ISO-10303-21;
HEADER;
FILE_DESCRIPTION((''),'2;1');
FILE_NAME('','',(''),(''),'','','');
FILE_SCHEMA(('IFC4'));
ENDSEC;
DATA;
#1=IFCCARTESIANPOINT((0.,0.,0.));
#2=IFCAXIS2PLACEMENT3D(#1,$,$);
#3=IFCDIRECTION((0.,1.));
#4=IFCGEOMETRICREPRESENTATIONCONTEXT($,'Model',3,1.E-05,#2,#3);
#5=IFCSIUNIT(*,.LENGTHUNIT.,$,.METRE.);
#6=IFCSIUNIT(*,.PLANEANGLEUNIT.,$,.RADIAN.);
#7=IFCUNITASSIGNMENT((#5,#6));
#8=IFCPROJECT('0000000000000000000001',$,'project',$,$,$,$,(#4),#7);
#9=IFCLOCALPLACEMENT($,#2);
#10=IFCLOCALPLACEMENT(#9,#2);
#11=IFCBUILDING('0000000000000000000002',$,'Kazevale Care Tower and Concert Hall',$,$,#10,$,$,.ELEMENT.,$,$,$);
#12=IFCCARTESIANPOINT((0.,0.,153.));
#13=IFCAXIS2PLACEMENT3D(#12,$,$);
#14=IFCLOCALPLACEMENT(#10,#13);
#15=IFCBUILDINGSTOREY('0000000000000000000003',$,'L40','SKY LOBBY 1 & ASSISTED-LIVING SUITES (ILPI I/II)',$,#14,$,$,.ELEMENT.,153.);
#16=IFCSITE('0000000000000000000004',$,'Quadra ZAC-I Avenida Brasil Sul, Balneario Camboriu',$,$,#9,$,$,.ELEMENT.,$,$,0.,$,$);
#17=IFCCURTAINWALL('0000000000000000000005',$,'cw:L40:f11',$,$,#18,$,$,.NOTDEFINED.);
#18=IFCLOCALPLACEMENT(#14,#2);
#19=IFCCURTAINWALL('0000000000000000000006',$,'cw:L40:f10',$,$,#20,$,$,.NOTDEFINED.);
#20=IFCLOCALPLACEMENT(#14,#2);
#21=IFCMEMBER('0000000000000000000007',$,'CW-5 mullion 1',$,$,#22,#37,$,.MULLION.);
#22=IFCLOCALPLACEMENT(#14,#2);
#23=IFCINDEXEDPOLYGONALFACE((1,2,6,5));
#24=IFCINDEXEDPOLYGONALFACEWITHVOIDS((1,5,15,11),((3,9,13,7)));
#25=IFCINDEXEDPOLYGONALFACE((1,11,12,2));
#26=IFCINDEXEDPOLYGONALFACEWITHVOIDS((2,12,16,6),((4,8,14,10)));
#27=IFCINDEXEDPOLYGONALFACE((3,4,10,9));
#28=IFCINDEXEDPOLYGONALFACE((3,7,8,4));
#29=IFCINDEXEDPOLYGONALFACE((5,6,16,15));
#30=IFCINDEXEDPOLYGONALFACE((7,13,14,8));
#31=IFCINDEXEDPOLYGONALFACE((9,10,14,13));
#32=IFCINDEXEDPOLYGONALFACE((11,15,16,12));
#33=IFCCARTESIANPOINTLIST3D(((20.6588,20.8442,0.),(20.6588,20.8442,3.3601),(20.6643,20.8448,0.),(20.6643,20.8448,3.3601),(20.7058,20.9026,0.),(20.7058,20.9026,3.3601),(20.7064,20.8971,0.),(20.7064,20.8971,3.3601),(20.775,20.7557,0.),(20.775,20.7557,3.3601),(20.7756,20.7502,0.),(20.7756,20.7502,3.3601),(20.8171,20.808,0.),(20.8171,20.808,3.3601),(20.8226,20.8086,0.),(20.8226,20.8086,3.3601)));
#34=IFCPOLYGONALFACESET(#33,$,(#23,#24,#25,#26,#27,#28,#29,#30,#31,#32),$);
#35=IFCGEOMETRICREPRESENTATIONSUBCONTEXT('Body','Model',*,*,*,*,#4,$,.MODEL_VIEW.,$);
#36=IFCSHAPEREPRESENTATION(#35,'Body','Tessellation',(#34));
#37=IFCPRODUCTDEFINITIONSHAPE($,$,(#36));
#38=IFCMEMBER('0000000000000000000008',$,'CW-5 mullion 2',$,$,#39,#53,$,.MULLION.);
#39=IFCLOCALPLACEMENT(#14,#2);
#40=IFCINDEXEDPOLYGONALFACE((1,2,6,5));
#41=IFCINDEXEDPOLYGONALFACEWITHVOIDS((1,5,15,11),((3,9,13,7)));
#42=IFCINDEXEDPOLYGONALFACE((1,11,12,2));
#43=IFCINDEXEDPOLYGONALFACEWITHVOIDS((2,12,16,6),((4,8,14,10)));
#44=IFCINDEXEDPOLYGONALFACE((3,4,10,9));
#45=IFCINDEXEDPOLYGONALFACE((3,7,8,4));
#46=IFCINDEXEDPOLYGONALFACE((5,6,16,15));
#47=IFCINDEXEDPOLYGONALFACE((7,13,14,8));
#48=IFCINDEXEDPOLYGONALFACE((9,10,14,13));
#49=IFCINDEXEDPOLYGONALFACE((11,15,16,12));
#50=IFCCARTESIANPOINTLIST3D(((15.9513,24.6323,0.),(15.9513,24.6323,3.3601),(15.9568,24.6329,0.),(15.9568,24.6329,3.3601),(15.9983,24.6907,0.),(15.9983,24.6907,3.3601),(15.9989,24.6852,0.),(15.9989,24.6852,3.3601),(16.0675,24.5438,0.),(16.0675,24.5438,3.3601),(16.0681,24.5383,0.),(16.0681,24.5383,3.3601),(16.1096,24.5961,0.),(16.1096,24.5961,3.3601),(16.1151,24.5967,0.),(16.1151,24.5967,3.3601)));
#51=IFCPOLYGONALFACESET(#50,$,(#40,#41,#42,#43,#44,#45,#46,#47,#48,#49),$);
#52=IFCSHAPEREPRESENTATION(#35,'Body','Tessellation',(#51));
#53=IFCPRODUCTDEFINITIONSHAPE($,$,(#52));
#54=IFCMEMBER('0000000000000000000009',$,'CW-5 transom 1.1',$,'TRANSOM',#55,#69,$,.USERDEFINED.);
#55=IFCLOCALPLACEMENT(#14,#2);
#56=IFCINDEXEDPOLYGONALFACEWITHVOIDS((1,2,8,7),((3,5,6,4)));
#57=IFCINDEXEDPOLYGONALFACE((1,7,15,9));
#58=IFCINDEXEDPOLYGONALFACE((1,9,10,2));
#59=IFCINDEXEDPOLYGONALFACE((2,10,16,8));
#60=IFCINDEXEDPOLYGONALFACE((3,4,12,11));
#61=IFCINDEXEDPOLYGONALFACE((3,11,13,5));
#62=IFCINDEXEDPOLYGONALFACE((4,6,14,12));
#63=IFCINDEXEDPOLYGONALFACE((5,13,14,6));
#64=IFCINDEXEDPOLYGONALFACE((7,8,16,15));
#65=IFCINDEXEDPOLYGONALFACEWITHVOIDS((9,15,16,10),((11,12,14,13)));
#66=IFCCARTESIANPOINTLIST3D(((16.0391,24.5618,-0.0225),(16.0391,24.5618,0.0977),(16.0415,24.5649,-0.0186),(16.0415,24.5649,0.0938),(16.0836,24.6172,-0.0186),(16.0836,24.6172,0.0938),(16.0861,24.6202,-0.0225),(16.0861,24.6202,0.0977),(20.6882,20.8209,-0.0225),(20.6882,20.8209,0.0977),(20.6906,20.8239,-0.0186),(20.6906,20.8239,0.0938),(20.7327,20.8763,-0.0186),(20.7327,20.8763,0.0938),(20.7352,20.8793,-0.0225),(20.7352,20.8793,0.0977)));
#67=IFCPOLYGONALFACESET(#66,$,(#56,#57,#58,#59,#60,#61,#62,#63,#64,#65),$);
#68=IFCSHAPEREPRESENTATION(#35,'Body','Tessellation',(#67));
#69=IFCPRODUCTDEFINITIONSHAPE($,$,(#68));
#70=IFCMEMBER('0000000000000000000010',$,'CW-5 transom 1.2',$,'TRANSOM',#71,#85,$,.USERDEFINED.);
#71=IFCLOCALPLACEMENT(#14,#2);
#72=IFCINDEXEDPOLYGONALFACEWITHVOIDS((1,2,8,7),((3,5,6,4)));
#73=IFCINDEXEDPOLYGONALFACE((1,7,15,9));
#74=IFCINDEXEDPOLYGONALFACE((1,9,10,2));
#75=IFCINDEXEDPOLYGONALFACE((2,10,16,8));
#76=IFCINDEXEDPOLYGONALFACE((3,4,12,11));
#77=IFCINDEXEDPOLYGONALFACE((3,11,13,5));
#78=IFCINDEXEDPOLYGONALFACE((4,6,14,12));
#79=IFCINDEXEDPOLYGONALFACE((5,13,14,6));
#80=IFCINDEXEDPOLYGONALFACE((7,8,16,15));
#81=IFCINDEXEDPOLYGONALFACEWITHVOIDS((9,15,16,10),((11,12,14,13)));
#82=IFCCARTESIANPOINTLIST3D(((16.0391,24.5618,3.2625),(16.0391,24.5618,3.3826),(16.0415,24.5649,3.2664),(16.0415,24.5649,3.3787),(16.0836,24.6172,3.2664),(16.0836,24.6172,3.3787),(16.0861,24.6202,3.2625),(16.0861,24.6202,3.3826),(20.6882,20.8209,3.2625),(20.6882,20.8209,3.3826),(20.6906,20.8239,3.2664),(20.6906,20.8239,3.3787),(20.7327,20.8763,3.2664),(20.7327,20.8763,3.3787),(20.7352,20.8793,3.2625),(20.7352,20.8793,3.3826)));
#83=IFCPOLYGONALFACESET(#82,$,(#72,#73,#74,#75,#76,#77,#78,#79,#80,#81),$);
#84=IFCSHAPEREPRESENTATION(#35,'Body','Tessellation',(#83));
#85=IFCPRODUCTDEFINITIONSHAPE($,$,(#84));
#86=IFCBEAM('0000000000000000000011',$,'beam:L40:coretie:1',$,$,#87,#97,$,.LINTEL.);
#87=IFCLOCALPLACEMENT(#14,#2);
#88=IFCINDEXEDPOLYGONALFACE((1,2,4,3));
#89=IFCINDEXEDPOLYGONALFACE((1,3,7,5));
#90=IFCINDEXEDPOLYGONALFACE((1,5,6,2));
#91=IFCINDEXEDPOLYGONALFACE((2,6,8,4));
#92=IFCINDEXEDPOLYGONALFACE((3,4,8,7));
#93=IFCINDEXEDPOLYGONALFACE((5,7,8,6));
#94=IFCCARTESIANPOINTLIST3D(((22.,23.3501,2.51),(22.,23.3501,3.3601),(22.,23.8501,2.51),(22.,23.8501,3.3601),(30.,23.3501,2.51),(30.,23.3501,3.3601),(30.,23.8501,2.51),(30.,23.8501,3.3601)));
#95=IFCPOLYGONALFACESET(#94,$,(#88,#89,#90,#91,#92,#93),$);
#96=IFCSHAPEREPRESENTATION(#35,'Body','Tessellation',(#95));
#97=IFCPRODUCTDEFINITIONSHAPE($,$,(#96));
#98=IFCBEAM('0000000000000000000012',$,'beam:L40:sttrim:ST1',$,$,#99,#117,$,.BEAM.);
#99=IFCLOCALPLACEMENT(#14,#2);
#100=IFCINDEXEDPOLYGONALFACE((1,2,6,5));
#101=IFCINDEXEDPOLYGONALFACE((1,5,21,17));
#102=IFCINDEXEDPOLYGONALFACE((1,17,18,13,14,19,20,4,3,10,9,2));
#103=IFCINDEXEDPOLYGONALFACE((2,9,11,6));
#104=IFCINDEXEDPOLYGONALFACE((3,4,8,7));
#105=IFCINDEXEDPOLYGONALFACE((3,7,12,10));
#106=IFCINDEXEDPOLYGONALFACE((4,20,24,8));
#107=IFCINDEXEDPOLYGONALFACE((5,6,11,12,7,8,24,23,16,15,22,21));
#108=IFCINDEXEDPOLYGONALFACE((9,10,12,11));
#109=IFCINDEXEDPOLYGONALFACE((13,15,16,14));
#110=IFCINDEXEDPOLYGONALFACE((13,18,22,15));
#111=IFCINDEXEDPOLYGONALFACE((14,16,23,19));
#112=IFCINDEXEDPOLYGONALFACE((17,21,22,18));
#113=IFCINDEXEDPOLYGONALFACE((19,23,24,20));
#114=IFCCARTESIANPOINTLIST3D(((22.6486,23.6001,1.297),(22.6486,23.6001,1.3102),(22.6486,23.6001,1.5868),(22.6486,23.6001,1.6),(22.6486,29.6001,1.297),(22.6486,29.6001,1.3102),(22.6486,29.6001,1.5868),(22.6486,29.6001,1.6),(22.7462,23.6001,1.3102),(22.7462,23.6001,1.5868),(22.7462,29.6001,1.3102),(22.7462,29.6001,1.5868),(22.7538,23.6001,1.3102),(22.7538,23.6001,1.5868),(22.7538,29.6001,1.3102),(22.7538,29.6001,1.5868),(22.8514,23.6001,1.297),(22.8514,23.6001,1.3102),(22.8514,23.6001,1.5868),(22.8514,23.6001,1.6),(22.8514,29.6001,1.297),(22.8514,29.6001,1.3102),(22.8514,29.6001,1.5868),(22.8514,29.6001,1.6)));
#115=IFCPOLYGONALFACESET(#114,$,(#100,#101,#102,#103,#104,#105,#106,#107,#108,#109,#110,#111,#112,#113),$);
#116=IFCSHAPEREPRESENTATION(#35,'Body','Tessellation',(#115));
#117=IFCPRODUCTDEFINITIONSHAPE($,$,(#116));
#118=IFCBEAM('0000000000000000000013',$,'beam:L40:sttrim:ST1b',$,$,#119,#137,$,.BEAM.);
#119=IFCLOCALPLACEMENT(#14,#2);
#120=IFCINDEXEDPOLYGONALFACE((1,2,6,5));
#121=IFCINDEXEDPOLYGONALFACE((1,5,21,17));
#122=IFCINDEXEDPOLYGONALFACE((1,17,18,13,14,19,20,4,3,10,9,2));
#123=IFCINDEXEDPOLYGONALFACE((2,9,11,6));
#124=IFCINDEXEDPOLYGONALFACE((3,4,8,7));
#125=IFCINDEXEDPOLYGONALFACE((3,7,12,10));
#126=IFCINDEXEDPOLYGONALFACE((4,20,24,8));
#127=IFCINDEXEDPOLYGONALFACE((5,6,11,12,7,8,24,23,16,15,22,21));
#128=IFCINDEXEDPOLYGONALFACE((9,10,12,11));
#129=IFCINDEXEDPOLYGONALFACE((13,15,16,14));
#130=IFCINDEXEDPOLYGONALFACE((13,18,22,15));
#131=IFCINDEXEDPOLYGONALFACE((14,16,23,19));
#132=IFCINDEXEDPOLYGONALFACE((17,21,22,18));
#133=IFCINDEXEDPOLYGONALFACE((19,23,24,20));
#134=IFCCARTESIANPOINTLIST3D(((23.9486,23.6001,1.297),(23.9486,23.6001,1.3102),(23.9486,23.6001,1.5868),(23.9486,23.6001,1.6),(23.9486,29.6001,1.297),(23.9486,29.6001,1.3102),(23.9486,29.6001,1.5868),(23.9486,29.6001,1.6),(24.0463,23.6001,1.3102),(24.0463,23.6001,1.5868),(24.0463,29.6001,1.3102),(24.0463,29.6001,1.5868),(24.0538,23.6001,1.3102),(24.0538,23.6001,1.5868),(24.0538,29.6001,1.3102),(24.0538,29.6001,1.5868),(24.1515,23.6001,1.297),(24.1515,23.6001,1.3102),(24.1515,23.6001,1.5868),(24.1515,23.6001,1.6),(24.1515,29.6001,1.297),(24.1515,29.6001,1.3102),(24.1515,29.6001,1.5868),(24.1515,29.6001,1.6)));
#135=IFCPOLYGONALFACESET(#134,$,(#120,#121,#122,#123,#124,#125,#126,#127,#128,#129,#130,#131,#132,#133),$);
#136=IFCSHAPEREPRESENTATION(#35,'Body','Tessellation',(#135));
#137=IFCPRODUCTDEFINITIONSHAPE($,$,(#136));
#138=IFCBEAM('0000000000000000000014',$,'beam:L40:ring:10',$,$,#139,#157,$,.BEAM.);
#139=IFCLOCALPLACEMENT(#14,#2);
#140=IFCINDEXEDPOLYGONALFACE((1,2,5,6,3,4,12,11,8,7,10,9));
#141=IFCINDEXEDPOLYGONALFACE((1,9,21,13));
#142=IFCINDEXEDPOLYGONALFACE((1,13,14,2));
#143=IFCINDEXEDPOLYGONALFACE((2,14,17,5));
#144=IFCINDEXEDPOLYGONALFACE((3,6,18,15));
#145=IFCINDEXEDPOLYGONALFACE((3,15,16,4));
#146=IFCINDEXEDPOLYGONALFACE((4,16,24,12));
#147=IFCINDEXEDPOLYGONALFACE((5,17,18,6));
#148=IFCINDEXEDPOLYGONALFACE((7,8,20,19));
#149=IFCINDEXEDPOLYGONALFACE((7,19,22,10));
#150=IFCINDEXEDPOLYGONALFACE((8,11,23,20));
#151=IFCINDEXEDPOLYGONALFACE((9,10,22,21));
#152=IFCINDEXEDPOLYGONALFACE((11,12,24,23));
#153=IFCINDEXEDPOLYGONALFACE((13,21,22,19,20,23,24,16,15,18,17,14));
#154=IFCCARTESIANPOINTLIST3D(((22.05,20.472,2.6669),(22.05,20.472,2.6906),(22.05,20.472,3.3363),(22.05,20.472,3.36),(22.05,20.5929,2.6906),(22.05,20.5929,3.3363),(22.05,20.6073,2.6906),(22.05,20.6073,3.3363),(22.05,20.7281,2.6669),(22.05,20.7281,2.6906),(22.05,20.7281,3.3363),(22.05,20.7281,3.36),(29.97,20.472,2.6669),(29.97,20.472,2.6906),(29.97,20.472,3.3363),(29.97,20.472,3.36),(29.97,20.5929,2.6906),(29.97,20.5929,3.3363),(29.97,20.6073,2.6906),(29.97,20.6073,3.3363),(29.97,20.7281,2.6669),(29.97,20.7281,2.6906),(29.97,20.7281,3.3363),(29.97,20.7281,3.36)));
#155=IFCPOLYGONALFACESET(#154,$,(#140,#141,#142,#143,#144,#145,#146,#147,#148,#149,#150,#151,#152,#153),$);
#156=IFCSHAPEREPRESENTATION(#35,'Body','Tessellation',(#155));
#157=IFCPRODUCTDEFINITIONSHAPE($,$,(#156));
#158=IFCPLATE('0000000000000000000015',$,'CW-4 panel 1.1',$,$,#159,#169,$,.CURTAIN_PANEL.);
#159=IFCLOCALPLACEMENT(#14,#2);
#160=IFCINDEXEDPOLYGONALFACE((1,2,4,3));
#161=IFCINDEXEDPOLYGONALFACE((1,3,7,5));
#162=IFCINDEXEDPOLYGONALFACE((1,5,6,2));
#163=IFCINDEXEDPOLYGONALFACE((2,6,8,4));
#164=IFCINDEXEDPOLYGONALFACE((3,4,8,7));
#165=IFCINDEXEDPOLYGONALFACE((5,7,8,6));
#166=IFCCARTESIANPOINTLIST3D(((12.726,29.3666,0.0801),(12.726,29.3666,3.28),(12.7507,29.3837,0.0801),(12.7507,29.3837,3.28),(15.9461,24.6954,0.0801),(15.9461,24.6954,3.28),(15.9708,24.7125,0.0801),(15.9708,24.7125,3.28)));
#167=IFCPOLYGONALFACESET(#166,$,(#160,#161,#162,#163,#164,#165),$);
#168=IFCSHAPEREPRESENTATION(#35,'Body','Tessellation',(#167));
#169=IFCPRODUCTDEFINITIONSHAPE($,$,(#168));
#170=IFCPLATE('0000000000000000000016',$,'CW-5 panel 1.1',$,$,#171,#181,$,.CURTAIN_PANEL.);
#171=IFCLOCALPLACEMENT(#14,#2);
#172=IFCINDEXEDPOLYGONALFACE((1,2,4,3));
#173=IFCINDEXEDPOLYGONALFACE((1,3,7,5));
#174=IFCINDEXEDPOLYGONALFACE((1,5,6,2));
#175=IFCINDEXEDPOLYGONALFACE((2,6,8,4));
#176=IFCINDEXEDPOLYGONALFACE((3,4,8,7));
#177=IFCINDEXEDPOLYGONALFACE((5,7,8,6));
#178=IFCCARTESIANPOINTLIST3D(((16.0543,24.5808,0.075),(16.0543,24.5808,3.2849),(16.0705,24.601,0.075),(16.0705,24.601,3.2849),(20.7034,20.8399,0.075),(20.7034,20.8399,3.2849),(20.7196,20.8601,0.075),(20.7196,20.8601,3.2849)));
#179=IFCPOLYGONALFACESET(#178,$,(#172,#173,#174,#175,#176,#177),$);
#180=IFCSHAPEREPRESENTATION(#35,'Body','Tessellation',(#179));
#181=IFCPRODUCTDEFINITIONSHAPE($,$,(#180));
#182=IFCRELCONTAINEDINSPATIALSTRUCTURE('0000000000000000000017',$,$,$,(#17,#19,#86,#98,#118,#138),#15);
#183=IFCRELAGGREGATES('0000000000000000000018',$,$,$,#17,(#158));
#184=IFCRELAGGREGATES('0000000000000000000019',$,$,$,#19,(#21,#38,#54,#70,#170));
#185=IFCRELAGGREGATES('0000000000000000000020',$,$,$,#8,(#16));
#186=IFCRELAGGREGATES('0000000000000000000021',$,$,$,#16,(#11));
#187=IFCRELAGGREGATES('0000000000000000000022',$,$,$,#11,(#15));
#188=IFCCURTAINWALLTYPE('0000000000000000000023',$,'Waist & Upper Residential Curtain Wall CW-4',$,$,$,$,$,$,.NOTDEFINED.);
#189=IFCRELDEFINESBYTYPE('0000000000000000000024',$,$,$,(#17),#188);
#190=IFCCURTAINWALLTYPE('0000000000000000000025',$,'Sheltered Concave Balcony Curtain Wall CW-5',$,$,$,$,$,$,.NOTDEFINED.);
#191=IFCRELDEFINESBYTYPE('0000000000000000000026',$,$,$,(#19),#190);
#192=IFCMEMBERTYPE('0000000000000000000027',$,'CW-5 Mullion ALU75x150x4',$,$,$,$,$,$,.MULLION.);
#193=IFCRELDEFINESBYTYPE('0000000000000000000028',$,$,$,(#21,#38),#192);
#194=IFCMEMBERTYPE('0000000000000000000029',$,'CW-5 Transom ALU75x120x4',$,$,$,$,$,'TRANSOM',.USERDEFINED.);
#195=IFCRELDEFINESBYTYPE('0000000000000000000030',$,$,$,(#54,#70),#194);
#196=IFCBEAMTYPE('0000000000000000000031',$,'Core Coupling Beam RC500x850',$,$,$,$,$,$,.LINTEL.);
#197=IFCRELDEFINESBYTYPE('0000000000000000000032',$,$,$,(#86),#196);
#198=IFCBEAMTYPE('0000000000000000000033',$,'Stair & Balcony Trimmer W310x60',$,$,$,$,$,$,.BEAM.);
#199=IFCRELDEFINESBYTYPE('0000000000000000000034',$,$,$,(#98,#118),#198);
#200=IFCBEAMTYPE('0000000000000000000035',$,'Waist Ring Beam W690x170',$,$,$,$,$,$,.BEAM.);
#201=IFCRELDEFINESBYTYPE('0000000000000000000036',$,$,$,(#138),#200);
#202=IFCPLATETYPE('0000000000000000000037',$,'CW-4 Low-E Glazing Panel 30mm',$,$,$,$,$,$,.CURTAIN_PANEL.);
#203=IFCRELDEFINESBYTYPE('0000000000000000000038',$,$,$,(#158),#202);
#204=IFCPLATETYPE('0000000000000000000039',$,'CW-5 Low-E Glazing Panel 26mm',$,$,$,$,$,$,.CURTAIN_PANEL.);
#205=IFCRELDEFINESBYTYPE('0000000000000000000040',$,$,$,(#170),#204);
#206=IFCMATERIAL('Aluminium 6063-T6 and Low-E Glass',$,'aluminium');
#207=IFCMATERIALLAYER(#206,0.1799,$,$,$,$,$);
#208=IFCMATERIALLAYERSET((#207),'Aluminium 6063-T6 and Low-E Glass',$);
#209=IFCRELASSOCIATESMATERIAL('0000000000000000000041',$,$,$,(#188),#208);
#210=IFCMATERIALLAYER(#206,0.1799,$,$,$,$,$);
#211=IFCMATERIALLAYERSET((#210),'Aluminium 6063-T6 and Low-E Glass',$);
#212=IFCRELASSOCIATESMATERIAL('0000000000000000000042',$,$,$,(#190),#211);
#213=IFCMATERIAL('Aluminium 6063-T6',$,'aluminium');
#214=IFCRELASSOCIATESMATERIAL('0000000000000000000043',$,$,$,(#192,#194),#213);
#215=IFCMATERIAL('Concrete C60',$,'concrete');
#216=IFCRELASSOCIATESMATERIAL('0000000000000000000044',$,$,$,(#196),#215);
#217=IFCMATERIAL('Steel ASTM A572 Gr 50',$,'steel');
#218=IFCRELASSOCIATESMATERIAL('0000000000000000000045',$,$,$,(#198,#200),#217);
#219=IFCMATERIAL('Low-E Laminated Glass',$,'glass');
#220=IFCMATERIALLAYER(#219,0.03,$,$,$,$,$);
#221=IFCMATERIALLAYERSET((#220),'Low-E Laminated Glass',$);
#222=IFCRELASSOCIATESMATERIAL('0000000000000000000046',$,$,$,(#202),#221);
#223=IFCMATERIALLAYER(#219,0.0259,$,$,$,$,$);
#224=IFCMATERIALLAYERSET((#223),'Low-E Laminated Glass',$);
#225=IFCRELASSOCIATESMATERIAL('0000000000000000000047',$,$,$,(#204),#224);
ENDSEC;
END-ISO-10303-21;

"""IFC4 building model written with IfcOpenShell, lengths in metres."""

from ifc_helpers import new_model, si_unit, direction, frame, origin, origin_2d, place, context, subcontext, project, spatial, rectangle, hollow_rectangle, i_section, extrude, material, layer, layer_set, material_profile, profile_set, type_object, element, aggregate, save


model = new_model("IFC4")

# Units and contexts
model_context = context("Model", 3, precision=1e-05, world=origin(), true_north=direction((0.0, 1.0)))
body_context = subcontext(model_context, "Body", "Model", "MODEL_VIEW")
ifc_project = project(units=[si_unit("LENGTHUNIT", "METRE"), si_unit("PLANEANGLEUNIT", "RADIAN")], contexts=[model_context])

# Site, building, storey
site_placement = place(None, origin())
site = spatial("IfcSite", under=ifc_project, at=site_placement, Name="Quadra ZAC-I Avenida Brasil Sul, Balneario Camboriu", CompositionType="ELEMENT", RefElevation=0.0)
building_placement = place(site_placement, origin())
building = spatial("IfcBuilding", under=site, at=building_placement, Name="Kazevale Care Tower and Concert Hall", CompositionType="ELEMENT")
storey_placement = place(building_placement, frame((0.0, 0.0, 153.0)))
storey = spatial("IfcBuildingStorey", under=building, at=storey_placement, Name="L40", Description="SKY LOBBY 1 & ASSISTED-LIVING SUITES (ILPI I/II)", CompositionType="ELEMENT", Elevation=153.0)

# Shared definitions
ifc_material_1 = material(Name="Concrete C60", Category="concrete")

# Curtain wall
ifc_material_2 = material(Name="Aluminium 6063-T6 and Low-E Glass", Category="aluminium")
ifc_layer_1 = layer(ifc_material_2, 0.1799)
ifc_layer_set_1 = layer_set([ifc_layer_1], Name="Aluminium 6063-T6 and Low-E Glass")
curtain_wall_type_1 = type_object("IfcCurtainWallType", Name="Waist & Upper Residential Curtain Wall CW-4", PredefinedType="NOTDEFINED", material=ifc_layer_set_1)
curtain_wall_1_placement = place(storey_placement, origin())
curtain_wall_1 = element("IfcCurtainWall", 1, at=curtain_wall_1_placement, inside=storey, type_object=curtain_wall_type_1, Name="cw:L40:f11", PredefinedType="NOTDEFINED")
ifc_material_3 = material(Name="Aluminium 6063-T6", Category="aluminium")

# Curtain wall, members
ifc_layer_2 = layer(ifc_material_2, 0.1799)
ifc_layer_set_2 = layer_set([ifc_layer_2], Name="Aluminium 6063-T6 and Low-E Glass")
curtain_wall_type_2 = type_object("IfcCurtainWallType", Name="Sheltered Concave Balcony Curtain Wall CW-5", PredefinedType="NOTDEFINED", material=ifc_layer_set_2)
curtain_wall_2_placement = place(storey_placement, origin())
curtain_wall_2 = element("IfcCurtainWall", 2, at=curtain_wall_2_placement, inside=storey, type_object=curtain_wall_type_2, Name="cw:L40:f10", PredefinedType="NOTDEFINED")
ifc_material_profile_1 = material_profile(ifc_material_3, hollow_rectangle(XDim=0.075, YDim=0.1499, WallThickness=0.0039, at=origin_2d()), Name="ALU75x150x4")
ifc_profile_set_1 = profile_set([ifc_material_profile_1], Name="Aluminium 6063-T6")
member_type_1 = type_object("IfcMemberType", Name="CW-5 Mullion ALU75x150x4", PredefinedType="MULLION", material=ifc_profile_set_1)
member_1_placement = place(storey_placement, frame((20.7407, 20.8264, 0.0), z_axis=(0.0, 0.0, 1.0), x_axis=(-0.626905, -0.779095, 0.0)))
member_1 = element("IfcMember", 3, at=member_1_placement, type_object=member_type_1, Name="CW-5 mullion 1", PredefinedType="MULLION", context=body_context, shape_type="SweptSolid", body=[
    extrude(hollow_rectangle(XDim=0.075, YDim=0.1499, WallThickness=0.0039, at=origin_2d()), origin(), (0.0, 0.0, 1.0), 3.3601),
])
member_2_placement = place(storey_placement, frame((16.0332, 24.6145, 0.0), z_axis=(0.0, 0.0, 1.0), x_axis=(-0.626905, -0.779095, 0.0)))
member_2 = element("IfcMember", 4, at=member_2_placement, type_object=member_type_1, Name="CW-5 mullion 2", PredefinedType="MULLION", context=body_context, shape_type="SweptSolid", body=[
    extrude(hollow_rectangle(XDim=0.075, YDim=0.1499, WallThickness=0.0039, at=origin_2d()), origin(), (0.0, 0.0, 1.0), 3.3601),
])
ifc_material_profile_2 = material_profile(ifc_material_3, hollow_rectangle(XDim=0.075, YDim=0.1201, WallThickness=0.0039, at=origin_2d()), Name="ALU75x120x4")
ifc_profile_set_2 = profile_set([ifc_material_profile_2], Name="Aluminium 6063-T6")
member_type_2 = type_object("IfcMemberType", Name="CW-5 Transom ALU75x120x4", ElementType="TRANSOM", PredefinedType="USERDEFINED", material=ifc_profile_set_2)
member_3_placement = place(storey_placement, frame((20.7117, 20.8501, 0.0376), z_axis=(-0.779097, 0.626903, 0.0), x_axis=(-0.626903, -0.779097, 0.0)))
member_3 = element("IfcMember", 5, at=member_3_placement, type_object=member_type_2, Name="CW-5 transom 1.1", ObjectType="TRANSOM", PredefinedType="USERDEFINED", context=body_context, shape_type="SweptSolid", body=[
    extrude(hollow_rectangle(XDim=0.075, YDim=0.1201, WallThickness=0.0039, at=origin_2d()), origin(), (0.0, 0.0, 1.0), 5.9673),
])
member_4_placement = place(storey_placement, frame((20.7117, 20.8501, 3.3225), z_axis=(-0.779097, 0.626903, 0.0), x_axis=(-0.626903, -0.779097, 0.0)))
member_4 = element("IfcMember", 6, at=member_4_placement, type_object=member_type_2, Name="CW-5 transom 1.2", ObjectType="TRANSOM", PredefinedType="USERDEFINED", context=body_context, shape_type="SweptSolid", body=[
    extrude(hollow_rectangle(XDim=0.075, YDim=0.1201, WallThickness=0.0039, at=origin_2d()), origin(), (0.0, 0.0, 1.0), 5.9673),
])

# Beams
ifc_material_profile_3 = material_profile(ifc_material_1, rectangle(XDim=0.5, YDim=0.8501, at=origin_2d()), Name="RC-B500x850")
ifc_profile_set_3 = profile_set([ifc_material_profile_3], Name="Concrete C60")
beam_type_1 = type_object("IfcBeamType", Name="Core Coupling Beam RC500x850", PredefinedType="LINTEL", material=ifc_profile_set_3)
beam_1_placement = place(storey_placement, frame((22.0, 23.6001, 2.9351), z_axis=(1.0, 0.0, 0.0), x_axis=(0.0, 1.0, 0.0)))
element("IfcBeam", 7, at=beam_1_placement, inside=storey, type_object=beam_type_1, Name="beam:L40:coretie:1", PredefinedType="LINTEL", context=body_context, shape_type="SweptSolid", body=[
    extrude(rectangle(XDim=0.5, YDim=0.8501, at=origin_2d()), origin(), (0.0, 0.0, 1.0), 8.0),
])
ifc_material_4 = material(Name="Steel ASTM A572 Gr 50", Category="steel")
ifc_material_profile_4 = material_profile(ifc_material_4, i_section(OverallWidth=0.2029, OverallDepth=0.303, WebThickness=0.0076, FlangeThickness=0.0132, at=origin_2d()), Name="W310x60")
ifc_profile_set_4 = profile_set([ifc_material_profile_4], Name="Steel ASTM A572 Gr 50")
beam_type_2 = type_object("IfcBeamType", Name="Stair & Balcony Trimmer W310x60", PredefinedType="BEAM", material=ifc_profile_set_4)
for number, where, z_axis, x_axis, name in (
    (8, (22.75, 23.6001, 1.4485), (0.0, 1.0, 0.0), (-1.0, 0.0, 0.0), "beam:L40:sttrim:ST1"),
    (9, (24.05, 23.6001, 1.4485), (0.0, 1.0, 0.0), (-1.0, 0.0, 0.0), "beam:L40:sttrim:ST1b"),
):
    element("IfcBeam", number, at=place(storey_placement, frame(where, z_axis=z_axis, x_axis=x_axis)), inside=storey, type_object=beam_type_2, Name=name, PredefinedType="BEAM", context=body_context, shape_type="SweptSolid", body=[
        extrude(i_section(OverallWidth=0.2029, OverallDepth=0.303, WebThickness=0.0076, FlangeThickness=0.0132, at=origin_2d()), origin(), (0.0, 0.0, 1.0), 6.0),
    ])
ifc_material_profile_5 = material_profile(ifc_material_4, i_section(OverallWidth=0.2561, OverallDepth=0.6931, WebThickness=0.0144, FlangeThickness=0.0237, at=origin_2d()), Name="W690x170")
ifc_profile_set_5 = profile_set([ifc_material_profile_5], Name="Steel ASTM A572 Gr 50")
beam_type_3 = type_object("IfcBeamType", Name="Waist Ring Beam W690x170", PredefinedType="BEAM", material=ifc_profile_set_5)
beam_2_placement = place(storey_placement, frame((22.05, 20.6001, 3.0134), z_axis=(1.0, 0.0, 0.0), x_axis=(0.0, 1.0, 0.0)))
element("IfcBeam", 10, at=beam_2_placement, inside=storey, type_object=beam_type_3, Name="beam:L40:ring:10", PredefinedType="BEAM", context=body_context, shape_type="SweptSolid", body=[
    extrude(i_section(OverallWidth=0.2561, OverallDepth=0.6931, WebThickness=0.0144, FlangeThickness=0.0237, at=origin_2d()), origin(), (0.0, 0.0, 1.0), 7.9199),
])

# Plates
ifc_material_5 = material(Name="Low-E Laminated Glass", Category="glass")
ifc_layer_3 = layer(ifc_material_5, 0.03)
ifc_layer_set_3 = layer_set([ifc_layer_3], Name="Low-E Laminated Glass")
plate_type_1 = type_object("IfcPlateType", Name="CW-4 Low-E Glazing Panel 30mm", PredefinedType="CURTAIN_PANEL", material=ifc_layer_set_3)
plate_1_placement = place(storey_placement, frame((14.3484, 27.0396, 0.0801), z_axis=(0.0, 0.0, 1.0), x_axis=(-0.567569, 0.823326, 0.0)))
plate_1 = element("IfcPlate", 11, at=plate_1_placement, type_object=plate_type_1, Name="CW-4 panel 1.1", PredefinedType="CURTAIN_PANEL", context=body_context, shape_type="SweptSolid", body=[
    extrude(rectangle(XDim=5.6736, YDim=0.03, at=origin_2d()), origin(), (0.0, 0.0, 1.0), 3.2),
])
aggregate(curtain_wall_1, [plate_1])
ifc_layer_4 = layer(ifc_material_5, 0.0259)
ifc_layer_set_4 = layer_set([ifc_layer_4], Name="Low-E Laminated Glass")
plate_type_2 = type_object("IfcPlateType", Name="CW-5 Low-E Glazing Panel 26mm", PredefinedType="CURTAIN_PANEL", material=ifc_layer_set_4)
plate_2_placement = place(storey_placement, frame((18.387, 22.7205, 0.075), z_axis=(0.0, 0.0, 1.0), x_axis=(-0.779095, 0.626905, 0.0)))
plate_2 = element("IfcPlate", 12, at=plate_2_placement, type_object=plate_type_2, Name="CW-5 panel 1.1", PredefinedType="CURTAIN_PANEL", context=body_context, shape_type="SweptSolid", body=[
    extrude(rectangle(XDim=5.9673, YDim=0.0259, at=origin_2d()), origin(), (0.0, 0.0, 1.0), 3.21),
])
aggregate(curtain_wall_2, [member_1, member_2, member_3, member_4, plate_2])

save(model, "model.ifc")
